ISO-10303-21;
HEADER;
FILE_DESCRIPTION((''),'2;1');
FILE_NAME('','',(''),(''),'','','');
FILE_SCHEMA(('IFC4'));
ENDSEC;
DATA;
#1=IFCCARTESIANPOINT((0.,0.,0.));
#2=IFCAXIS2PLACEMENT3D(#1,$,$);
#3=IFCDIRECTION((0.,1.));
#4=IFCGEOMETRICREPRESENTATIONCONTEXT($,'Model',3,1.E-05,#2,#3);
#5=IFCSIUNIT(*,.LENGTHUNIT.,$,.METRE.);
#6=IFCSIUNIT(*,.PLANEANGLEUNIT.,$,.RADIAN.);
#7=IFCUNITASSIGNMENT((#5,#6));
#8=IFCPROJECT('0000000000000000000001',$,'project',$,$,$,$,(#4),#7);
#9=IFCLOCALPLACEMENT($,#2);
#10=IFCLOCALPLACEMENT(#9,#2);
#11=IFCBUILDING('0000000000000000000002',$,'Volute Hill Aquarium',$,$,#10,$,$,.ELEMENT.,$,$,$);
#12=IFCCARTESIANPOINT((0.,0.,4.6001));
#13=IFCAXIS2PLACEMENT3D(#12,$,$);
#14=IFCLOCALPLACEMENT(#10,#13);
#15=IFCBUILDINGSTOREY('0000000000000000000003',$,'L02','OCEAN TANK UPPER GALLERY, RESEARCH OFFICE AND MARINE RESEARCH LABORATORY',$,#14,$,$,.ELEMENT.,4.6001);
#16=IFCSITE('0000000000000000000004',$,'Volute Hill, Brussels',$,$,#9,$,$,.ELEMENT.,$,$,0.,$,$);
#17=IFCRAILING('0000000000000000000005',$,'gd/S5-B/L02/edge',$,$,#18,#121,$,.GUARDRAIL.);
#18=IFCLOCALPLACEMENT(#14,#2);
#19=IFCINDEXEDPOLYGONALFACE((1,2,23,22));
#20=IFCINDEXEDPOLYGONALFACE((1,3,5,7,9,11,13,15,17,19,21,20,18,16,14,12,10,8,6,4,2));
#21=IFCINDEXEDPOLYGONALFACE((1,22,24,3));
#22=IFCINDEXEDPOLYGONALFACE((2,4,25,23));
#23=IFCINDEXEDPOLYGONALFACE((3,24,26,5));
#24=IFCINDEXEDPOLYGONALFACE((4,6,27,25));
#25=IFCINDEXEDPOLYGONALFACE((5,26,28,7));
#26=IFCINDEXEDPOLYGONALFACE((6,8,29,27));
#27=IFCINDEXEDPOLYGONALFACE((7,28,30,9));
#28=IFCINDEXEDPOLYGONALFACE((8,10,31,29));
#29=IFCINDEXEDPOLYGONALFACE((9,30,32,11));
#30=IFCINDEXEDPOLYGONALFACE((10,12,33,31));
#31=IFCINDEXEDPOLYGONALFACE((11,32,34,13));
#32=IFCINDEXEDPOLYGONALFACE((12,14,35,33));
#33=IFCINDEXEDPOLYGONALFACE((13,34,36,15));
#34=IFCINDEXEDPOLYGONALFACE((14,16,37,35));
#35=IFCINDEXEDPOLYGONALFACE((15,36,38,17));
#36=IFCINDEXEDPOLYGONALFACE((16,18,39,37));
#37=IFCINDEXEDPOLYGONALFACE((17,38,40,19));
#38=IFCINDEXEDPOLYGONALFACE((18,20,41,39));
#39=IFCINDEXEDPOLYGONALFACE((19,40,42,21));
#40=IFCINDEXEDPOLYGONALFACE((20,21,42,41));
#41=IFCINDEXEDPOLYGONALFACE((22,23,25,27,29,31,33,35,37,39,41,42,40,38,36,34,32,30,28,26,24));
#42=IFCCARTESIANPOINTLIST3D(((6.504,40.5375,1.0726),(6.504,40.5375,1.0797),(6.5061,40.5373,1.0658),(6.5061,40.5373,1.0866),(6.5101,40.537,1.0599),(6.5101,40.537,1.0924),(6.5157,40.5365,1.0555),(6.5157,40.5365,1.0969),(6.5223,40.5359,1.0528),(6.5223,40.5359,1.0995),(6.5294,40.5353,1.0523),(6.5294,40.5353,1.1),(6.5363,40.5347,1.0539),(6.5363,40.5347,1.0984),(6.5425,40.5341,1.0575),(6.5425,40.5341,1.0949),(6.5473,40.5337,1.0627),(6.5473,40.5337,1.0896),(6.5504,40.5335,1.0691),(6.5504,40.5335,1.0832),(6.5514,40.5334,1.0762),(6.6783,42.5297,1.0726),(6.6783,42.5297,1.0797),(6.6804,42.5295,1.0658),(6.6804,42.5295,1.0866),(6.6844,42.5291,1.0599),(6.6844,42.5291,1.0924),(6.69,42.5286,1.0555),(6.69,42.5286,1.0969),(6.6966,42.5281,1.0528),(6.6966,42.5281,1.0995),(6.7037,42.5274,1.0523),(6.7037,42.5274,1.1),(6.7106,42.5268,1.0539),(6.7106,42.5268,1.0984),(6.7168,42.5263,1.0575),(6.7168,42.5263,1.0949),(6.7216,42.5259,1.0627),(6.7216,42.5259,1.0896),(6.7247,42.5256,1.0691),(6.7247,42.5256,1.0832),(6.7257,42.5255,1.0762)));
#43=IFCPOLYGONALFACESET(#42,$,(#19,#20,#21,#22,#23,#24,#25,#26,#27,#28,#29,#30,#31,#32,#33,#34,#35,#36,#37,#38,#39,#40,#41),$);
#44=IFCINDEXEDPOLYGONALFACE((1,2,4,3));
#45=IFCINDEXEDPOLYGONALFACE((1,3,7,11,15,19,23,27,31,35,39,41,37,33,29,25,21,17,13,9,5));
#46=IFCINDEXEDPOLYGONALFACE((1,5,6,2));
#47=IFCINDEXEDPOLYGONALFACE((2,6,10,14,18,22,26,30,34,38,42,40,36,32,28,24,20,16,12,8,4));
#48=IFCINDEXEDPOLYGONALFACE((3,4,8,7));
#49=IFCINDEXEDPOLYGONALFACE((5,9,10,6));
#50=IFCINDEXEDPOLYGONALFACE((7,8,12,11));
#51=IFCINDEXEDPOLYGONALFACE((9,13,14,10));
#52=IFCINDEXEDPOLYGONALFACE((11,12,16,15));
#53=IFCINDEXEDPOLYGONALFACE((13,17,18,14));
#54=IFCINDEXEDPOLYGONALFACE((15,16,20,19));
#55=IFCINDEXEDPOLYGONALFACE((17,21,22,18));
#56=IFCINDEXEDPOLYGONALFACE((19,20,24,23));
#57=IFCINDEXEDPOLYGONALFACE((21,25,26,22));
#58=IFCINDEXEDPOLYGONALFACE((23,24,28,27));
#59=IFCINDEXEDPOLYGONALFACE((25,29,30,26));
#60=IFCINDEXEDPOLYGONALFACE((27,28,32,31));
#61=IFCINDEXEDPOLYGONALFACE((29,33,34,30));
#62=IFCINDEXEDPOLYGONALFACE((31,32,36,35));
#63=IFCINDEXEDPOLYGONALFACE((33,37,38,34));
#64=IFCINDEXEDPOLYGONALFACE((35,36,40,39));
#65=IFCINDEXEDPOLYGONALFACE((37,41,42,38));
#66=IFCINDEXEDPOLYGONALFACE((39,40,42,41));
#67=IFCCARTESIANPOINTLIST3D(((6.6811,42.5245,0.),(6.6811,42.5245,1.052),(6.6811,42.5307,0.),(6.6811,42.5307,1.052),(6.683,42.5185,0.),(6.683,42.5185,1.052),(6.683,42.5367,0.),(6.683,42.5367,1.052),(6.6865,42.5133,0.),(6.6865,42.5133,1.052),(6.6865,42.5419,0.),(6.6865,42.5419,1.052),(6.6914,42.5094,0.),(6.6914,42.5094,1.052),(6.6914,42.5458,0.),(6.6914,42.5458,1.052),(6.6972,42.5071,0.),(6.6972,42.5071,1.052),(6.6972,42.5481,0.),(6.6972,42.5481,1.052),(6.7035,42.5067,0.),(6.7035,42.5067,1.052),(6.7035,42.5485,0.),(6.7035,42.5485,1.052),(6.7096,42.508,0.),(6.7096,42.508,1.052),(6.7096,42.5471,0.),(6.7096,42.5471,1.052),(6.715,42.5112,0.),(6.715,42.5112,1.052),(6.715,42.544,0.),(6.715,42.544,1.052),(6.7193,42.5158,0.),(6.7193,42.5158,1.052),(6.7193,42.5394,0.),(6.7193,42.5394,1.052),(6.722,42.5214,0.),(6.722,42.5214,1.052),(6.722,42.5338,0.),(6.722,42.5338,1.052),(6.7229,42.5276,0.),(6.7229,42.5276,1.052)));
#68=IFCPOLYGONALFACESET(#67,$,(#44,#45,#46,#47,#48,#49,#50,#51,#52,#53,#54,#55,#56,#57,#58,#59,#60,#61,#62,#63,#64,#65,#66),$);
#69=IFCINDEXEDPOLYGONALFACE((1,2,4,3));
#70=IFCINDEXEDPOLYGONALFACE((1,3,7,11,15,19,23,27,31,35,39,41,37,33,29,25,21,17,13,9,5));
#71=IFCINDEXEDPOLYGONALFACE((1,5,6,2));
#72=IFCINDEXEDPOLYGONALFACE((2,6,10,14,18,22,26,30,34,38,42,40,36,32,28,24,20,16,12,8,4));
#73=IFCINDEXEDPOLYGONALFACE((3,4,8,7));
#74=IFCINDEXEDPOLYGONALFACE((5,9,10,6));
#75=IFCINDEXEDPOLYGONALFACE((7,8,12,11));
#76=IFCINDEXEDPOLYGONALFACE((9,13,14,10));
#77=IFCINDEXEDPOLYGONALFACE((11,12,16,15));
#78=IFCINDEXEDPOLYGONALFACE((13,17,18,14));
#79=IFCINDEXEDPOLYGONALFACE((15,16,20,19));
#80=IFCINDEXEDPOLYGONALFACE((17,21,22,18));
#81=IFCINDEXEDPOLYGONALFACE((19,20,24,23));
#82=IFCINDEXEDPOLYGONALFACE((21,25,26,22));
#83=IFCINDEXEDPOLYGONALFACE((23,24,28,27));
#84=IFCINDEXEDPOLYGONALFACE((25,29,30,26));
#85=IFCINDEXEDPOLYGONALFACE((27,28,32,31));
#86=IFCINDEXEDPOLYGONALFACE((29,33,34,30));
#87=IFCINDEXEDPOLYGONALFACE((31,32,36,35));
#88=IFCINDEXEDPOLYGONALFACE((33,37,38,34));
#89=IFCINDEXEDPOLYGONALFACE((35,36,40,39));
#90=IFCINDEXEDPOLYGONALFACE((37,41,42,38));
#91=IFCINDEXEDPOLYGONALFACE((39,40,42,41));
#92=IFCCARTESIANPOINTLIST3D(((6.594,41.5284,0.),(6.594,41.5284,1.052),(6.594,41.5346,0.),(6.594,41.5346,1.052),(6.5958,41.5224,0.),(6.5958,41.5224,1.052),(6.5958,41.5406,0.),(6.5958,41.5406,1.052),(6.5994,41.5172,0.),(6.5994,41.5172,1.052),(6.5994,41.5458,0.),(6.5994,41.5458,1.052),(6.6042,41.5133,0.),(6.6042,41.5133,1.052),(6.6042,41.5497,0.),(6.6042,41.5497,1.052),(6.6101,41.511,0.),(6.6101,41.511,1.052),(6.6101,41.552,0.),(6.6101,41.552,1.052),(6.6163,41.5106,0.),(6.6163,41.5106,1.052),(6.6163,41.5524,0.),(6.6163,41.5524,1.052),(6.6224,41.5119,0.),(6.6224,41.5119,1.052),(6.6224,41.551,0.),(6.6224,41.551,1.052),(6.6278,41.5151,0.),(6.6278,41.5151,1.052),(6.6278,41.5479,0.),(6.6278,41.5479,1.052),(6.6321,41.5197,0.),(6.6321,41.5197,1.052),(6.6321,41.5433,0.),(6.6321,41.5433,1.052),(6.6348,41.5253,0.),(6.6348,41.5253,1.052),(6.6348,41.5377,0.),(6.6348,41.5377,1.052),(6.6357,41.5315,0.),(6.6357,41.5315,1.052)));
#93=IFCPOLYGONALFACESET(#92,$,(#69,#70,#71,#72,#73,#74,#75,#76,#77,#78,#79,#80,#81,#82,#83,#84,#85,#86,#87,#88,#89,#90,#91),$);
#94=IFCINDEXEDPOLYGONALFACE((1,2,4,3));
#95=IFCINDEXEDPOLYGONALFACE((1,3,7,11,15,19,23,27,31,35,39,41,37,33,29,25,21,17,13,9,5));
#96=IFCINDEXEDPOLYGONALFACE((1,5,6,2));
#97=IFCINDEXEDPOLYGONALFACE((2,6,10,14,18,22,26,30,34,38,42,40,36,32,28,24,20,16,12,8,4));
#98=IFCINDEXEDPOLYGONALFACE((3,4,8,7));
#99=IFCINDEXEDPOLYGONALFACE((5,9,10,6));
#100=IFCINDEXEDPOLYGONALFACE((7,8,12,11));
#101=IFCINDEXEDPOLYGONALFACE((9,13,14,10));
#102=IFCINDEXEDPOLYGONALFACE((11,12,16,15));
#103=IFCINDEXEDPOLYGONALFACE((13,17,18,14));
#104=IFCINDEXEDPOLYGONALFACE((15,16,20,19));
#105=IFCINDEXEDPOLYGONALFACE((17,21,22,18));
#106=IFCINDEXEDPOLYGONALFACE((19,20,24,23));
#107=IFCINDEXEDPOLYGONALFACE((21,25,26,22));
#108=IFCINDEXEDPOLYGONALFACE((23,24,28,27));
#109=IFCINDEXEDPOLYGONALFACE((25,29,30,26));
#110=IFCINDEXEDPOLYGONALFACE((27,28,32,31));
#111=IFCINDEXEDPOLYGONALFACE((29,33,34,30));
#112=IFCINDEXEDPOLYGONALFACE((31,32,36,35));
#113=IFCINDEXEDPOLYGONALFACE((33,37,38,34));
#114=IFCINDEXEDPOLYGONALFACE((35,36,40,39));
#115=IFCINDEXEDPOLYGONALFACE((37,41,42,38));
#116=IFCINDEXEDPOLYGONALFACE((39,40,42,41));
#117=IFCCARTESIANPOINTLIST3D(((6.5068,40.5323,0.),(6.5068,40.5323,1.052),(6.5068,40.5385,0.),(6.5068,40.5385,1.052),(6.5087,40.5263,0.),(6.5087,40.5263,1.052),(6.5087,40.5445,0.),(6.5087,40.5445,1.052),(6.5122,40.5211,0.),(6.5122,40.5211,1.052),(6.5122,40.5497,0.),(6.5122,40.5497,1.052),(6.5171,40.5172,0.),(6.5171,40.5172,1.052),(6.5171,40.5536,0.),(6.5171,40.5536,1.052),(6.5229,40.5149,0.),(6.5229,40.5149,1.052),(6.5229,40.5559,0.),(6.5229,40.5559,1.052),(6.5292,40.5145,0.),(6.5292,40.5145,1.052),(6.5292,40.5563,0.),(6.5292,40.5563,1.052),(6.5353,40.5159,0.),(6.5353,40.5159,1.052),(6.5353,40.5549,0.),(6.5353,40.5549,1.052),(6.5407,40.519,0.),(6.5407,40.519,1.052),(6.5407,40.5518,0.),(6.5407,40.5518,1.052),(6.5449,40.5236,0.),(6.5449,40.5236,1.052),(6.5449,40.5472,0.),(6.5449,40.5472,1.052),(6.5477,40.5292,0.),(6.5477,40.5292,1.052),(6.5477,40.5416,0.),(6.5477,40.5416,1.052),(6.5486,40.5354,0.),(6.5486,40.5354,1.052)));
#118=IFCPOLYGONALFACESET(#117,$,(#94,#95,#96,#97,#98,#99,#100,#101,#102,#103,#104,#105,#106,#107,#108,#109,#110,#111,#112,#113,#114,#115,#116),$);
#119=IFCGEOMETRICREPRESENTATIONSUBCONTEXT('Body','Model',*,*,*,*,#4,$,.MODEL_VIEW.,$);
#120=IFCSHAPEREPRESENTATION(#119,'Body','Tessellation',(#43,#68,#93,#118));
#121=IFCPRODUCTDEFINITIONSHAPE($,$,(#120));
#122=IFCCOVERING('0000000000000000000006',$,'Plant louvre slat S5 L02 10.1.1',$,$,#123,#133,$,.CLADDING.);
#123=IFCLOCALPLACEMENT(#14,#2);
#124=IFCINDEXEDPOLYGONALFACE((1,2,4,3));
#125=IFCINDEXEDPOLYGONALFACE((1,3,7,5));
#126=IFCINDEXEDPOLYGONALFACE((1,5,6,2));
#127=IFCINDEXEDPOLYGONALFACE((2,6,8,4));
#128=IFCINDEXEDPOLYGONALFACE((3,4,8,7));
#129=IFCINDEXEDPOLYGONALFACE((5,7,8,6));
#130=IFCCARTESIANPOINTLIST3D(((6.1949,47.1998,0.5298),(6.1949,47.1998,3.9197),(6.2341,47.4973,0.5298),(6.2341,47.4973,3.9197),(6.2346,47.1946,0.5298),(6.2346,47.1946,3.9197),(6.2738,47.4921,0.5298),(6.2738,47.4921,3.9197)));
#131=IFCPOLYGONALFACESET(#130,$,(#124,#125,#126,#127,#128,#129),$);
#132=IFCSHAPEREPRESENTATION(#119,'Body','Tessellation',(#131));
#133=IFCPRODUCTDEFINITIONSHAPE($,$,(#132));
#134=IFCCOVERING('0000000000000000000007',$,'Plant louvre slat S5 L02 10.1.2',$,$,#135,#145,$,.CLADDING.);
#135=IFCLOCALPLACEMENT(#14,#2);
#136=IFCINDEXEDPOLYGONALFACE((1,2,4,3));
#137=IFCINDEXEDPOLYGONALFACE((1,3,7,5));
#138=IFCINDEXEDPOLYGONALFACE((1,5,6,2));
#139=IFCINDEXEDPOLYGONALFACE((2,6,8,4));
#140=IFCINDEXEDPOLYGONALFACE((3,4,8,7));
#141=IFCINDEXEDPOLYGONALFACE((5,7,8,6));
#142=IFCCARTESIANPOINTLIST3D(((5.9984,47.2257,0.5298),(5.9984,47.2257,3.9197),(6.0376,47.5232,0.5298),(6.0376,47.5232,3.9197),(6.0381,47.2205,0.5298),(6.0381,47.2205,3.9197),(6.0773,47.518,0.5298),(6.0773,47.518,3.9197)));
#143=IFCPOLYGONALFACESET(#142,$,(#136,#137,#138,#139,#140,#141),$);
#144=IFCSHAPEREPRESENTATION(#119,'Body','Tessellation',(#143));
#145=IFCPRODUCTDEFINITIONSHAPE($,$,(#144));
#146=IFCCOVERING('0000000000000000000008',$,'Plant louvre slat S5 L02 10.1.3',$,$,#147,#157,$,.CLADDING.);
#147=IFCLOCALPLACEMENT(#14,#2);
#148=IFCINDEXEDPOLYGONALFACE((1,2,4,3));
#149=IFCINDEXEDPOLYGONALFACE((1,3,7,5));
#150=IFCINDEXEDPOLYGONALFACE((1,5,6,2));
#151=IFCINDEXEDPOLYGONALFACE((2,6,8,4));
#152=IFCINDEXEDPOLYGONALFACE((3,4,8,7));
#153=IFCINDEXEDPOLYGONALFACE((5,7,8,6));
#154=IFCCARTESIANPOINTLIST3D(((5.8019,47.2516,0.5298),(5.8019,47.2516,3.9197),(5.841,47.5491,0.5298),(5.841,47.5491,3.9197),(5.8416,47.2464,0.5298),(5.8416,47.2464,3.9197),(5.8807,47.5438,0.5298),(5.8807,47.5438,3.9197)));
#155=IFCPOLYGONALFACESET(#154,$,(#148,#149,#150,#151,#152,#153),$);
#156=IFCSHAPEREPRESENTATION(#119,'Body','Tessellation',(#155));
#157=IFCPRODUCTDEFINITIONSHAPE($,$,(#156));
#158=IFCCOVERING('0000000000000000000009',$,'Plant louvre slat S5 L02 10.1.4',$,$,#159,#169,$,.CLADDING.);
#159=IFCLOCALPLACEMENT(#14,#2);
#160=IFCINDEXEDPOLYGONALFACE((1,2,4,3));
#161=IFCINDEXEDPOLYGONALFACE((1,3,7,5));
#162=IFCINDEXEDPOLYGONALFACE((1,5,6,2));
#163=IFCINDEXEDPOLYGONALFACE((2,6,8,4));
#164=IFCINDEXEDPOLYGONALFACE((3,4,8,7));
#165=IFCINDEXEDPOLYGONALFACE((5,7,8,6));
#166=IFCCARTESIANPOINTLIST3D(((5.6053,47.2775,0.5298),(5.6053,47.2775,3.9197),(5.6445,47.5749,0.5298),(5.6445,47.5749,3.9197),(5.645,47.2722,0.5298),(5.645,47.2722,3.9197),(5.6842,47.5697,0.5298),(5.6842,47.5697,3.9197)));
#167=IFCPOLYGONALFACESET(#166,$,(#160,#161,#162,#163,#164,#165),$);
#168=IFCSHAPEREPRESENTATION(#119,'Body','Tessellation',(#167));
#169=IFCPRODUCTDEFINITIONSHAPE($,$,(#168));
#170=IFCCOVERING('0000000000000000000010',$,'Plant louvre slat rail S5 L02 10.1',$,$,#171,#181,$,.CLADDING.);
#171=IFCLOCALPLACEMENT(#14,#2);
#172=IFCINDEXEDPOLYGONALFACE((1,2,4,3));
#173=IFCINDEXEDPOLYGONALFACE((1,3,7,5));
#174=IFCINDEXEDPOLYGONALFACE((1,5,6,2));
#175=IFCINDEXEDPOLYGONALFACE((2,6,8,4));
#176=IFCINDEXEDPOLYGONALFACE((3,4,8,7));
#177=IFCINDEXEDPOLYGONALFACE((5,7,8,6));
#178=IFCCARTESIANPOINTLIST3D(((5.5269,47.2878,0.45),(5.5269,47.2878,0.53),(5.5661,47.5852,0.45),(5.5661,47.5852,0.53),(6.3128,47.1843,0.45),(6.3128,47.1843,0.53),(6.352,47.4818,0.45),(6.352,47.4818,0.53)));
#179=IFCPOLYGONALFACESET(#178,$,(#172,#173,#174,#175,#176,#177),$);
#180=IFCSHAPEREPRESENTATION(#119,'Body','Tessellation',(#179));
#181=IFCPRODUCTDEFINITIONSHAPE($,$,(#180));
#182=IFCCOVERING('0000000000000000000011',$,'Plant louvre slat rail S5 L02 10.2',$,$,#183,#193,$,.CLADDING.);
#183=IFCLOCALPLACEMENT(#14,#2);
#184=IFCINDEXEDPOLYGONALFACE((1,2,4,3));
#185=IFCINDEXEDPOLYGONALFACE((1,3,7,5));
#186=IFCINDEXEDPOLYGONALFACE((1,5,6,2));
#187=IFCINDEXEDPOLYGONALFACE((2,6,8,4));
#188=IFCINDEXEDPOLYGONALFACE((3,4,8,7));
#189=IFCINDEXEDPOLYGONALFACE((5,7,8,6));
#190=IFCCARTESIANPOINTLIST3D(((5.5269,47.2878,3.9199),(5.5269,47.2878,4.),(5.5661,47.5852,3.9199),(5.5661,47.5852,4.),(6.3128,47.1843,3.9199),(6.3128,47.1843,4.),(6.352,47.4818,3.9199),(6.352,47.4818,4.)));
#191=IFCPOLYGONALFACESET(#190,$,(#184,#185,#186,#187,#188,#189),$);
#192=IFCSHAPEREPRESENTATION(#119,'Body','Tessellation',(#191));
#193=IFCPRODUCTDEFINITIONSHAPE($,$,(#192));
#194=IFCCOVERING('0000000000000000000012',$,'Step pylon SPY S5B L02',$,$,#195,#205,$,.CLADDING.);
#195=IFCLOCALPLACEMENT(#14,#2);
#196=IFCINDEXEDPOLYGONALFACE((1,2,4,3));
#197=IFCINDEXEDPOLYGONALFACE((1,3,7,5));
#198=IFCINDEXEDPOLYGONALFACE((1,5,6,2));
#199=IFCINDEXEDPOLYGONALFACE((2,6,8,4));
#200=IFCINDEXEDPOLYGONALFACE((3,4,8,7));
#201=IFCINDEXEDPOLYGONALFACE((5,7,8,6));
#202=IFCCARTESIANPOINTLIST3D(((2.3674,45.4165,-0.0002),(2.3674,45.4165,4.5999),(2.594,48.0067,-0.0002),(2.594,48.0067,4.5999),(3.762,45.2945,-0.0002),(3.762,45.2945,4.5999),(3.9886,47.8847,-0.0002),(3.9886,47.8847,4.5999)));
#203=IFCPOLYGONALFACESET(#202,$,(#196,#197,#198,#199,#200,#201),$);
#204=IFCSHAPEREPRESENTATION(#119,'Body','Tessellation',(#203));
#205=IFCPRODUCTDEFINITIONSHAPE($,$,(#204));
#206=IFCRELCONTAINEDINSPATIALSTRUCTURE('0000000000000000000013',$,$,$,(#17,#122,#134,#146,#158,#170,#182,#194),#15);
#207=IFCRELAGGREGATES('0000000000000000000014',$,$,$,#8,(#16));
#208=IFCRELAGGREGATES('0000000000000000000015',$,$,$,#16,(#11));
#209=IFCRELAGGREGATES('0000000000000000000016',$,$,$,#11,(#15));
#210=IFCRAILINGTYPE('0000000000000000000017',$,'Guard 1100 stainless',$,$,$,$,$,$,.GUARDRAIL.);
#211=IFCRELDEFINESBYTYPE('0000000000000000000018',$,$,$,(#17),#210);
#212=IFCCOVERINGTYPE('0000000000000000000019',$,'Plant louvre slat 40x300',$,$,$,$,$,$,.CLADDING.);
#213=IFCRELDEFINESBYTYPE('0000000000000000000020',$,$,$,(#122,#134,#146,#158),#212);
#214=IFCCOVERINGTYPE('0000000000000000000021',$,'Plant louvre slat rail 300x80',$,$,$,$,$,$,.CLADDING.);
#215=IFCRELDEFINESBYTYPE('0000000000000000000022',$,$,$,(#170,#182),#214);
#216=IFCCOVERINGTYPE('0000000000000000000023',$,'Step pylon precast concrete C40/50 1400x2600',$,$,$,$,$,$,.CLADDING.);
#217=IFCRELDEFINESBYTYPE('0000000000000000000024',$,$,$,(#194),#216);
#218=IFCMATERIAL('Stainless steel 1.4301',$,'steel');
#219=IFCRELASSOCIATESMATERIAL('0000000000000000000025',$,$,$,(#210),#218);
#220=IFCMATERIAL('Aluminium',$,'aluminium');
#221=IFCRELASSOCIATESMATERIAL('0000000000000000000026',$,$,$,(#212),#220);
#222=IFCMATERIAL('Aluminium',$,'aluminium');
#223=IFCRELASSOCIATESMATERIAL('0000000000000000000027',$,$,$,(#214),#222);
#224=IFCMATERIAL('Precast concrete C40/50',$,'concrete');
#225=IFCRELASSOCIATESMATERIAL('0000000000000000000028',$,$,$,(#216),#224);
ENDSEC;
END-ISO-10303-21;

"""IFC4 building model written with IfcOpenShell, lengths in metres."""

from ifc_helpers import new_model, si_unit, direction, frame, origin, origin_2d, place, context, subcontext, project, spatial, rectangle, circle, extrude, material, type_object, element, save


model = new_model("IFC4")

# Units and contexts
model_context = context("Model", 3, precision=1e-05, world=origin(), true_north=direction((0.0, 1.0)))
body_context = subcontext(model_context, "Body", "Model", "MODEL_VIEW")
ifc_project = project(units=[si_unit("LENGTHUNIT", "METRE"), si_unit("PLANEANGLEUNIT", "RADIAN")], contexts=[model_context])

# Site, building, storey
site_placement = place(None, origin())
site = spatial("IfcSite", under=ifc_project, at=site_placement, Name="Volute Hill, Brussels", CompositionType="ELEMENT", RefElevation=0.0)
building_placement = place(site_placement, origin())
building = spatial("IfcBuilding", under=site, at=building_placement, Name="Volute Hill Aquarium", CompositionType="ELEMENT")
storey_placement = place(building_placement, frame((0.0, 0.0, 4.6001)))
storey = spatial("IfcBuildingStorey", under=building, at=storey_placement, Name="L02", Description="OCEAN TANK UPPER GALLERY, RESEARCH OFFICE AND MARINE RESEARCH LABORATORY", CompositionType="ELEMENT", Elevation=4.6001)

# Railing
ifc_material_1 = material(Name="Stainless steel 1.4301", Category="steel")
railing_type = type_object("IfcRailingType", Name="Guard 1100 stainless", PredefinedType="GUARDRAIL", material=ifc_material_1)
railing_placement = place(storey_placement, frame((6.7019, 42.5276, 0.0)))
element("IfcRailing", 1, at=railing_placement, inside=storey, type_object=railing_type, Name="gd/S5-B/L02/edge", PredefinedType="GUARDRAIL", context=body_context, shape_type="SweptSolid", body=[
    extrude(circle(Radius=0.0239, at=origin_2d()), frame((0.0, 0.0, 1.0762), z_axis=(-0.087167, -0.996194, 0.0), x_axis=(0.996194, -0.087167, 0.0)), (0.0, 0.0, 1.0), 1.9998),
    extrude(circle(Radius=0.021, at=origin_2d()), origin(), (0.0, 0.0, 1.0), 1.052),
    extrude(circle(Radius=0.021, at=origin_2d()), frame((-0.0872, -0.9961, 0.0)), (0.0, 0.0, 1.0), 1.052),
    extrude(circle(Radius=0.021, at=origin_2d()), frame((-0.1743, -1.9922, 0.0)), (0.0, 0.0, 1.0), 1.052),
])

# Coverings
ifc_material_2 = material(Name="Aluminium", Category="aluminium")
covering_type_1 = type_object("IfcCoveringType", Name="Plant louvre slat 40x300", PredefinedType="CLADDING", material=ifc_material_2)
for number, where, z_axis, x_axis, name in (
    (2, (6.2344, 47.3459, 0.5298), (0.0, 0.0, 1.0), (-0.991443, 0.130544, 0.0), "Plant louvre slat S5 L02 10.1.1"),
    (3, (6.0378, 47.3718, 0.5298), (0.0, 0.0, 1.0), (-0.991443, 0.130544, 0.0), "Plant louvre slat S5 L02 10.1.2"),
    (4, (5.8413, 47.3977, 0.5298), (0.0, 0.0, 1.0), (-0.991443, 0.130544, 0.0), "Plant louvre slat S5 L02 10.1.3"),
    (5, (5.6448, 47.4236, 0.5298), (0.0, 0.0, 1.0), (-0.991443, 0.130544, 0.0), "Plant louvre slat S5 L02 10.1.4"),
):
    element("IfcCovering", number, at=place(storey_placement, frame(where, z_axis=z_axis, x_axis=x_axis)), inside=storey, type_object=covering_type_1, Name=name, PredefinedType="CLADDING", context=body_context, shape_type="SweptSolid", body=[
        extrude(rectangle(XDim=0.04, YDim=0.3, at=origin_2d()), origin(), (0.0, 0.0, 1.0), 3.3899),
    ])
ifc_material_3 = material(Name="Aluminium", Category="aluminium")
covering_type_2 = type_object("IfcCoveringType", Name="Plant louvre slat rail 300x80", PredefinedType="CLADDING", material=ifc_material_3)
for number, where, z_axis, x_axis, name in (
    (6, (5.9395, 47.3848, 0.45), (0.0, 0.0, 1.0), (-0.991443, 0.130544, 0.0), "Plant louvre slat rail S5 L02 10.1"),
    (7, (5.9395, 47.3848, 3.9199), (0.0, 0.0, 1.0), (-0.991443, 0.130544, 0.0), "Plant louvre slat rail S5 L02 10.2"),
):
    element("IfcCovering", number, at=place(storey_placement, frame(where, z_axis=z_axis, x_axis=x_axis)), inside=storey, type_object=covering_type_2, Name=name, PredefinedType="CLADDING", context=body_context, shape_type="SweptSolid", body=[
        extrude(rectangle(XDim=0.7927, YDim=0.3, at=origin_2d()), origin(), (0.0, 0.0, 1.0), 0.0801),
    ])
ifc_material_4 = material(Name="Precast concrete C40/50", Category="concrete")
covering_type_3 = type_object("IfcCoveringType", Name="Step pylon precast concrete C40/50 1400x2600", PredefinedType="CLADDING", material=ifc_material_4)
covering_1_placement = place(storey_placement, frame((3.178, 46.6506, -0.0002), z_axis=(0.0, 0.0, 1.0), x_axis=(0.087156, 0.996195, 0.0)))
element("IfcCovering", 8, at=covering_1_placement, inside=storey, type_object=covering_type_3, Name="Step pylon SPY S5B L02", PredefinedType="CLADDING", context=body_context, shape_type="SweptSolid", body=[
    extrude(rectangle(XDim=2.6001, YDim=1.3999, at=origin_2d()), origin(), (0.0, 0.0, 1.0), 4.6001),
])

save(model, "model.ifc")
